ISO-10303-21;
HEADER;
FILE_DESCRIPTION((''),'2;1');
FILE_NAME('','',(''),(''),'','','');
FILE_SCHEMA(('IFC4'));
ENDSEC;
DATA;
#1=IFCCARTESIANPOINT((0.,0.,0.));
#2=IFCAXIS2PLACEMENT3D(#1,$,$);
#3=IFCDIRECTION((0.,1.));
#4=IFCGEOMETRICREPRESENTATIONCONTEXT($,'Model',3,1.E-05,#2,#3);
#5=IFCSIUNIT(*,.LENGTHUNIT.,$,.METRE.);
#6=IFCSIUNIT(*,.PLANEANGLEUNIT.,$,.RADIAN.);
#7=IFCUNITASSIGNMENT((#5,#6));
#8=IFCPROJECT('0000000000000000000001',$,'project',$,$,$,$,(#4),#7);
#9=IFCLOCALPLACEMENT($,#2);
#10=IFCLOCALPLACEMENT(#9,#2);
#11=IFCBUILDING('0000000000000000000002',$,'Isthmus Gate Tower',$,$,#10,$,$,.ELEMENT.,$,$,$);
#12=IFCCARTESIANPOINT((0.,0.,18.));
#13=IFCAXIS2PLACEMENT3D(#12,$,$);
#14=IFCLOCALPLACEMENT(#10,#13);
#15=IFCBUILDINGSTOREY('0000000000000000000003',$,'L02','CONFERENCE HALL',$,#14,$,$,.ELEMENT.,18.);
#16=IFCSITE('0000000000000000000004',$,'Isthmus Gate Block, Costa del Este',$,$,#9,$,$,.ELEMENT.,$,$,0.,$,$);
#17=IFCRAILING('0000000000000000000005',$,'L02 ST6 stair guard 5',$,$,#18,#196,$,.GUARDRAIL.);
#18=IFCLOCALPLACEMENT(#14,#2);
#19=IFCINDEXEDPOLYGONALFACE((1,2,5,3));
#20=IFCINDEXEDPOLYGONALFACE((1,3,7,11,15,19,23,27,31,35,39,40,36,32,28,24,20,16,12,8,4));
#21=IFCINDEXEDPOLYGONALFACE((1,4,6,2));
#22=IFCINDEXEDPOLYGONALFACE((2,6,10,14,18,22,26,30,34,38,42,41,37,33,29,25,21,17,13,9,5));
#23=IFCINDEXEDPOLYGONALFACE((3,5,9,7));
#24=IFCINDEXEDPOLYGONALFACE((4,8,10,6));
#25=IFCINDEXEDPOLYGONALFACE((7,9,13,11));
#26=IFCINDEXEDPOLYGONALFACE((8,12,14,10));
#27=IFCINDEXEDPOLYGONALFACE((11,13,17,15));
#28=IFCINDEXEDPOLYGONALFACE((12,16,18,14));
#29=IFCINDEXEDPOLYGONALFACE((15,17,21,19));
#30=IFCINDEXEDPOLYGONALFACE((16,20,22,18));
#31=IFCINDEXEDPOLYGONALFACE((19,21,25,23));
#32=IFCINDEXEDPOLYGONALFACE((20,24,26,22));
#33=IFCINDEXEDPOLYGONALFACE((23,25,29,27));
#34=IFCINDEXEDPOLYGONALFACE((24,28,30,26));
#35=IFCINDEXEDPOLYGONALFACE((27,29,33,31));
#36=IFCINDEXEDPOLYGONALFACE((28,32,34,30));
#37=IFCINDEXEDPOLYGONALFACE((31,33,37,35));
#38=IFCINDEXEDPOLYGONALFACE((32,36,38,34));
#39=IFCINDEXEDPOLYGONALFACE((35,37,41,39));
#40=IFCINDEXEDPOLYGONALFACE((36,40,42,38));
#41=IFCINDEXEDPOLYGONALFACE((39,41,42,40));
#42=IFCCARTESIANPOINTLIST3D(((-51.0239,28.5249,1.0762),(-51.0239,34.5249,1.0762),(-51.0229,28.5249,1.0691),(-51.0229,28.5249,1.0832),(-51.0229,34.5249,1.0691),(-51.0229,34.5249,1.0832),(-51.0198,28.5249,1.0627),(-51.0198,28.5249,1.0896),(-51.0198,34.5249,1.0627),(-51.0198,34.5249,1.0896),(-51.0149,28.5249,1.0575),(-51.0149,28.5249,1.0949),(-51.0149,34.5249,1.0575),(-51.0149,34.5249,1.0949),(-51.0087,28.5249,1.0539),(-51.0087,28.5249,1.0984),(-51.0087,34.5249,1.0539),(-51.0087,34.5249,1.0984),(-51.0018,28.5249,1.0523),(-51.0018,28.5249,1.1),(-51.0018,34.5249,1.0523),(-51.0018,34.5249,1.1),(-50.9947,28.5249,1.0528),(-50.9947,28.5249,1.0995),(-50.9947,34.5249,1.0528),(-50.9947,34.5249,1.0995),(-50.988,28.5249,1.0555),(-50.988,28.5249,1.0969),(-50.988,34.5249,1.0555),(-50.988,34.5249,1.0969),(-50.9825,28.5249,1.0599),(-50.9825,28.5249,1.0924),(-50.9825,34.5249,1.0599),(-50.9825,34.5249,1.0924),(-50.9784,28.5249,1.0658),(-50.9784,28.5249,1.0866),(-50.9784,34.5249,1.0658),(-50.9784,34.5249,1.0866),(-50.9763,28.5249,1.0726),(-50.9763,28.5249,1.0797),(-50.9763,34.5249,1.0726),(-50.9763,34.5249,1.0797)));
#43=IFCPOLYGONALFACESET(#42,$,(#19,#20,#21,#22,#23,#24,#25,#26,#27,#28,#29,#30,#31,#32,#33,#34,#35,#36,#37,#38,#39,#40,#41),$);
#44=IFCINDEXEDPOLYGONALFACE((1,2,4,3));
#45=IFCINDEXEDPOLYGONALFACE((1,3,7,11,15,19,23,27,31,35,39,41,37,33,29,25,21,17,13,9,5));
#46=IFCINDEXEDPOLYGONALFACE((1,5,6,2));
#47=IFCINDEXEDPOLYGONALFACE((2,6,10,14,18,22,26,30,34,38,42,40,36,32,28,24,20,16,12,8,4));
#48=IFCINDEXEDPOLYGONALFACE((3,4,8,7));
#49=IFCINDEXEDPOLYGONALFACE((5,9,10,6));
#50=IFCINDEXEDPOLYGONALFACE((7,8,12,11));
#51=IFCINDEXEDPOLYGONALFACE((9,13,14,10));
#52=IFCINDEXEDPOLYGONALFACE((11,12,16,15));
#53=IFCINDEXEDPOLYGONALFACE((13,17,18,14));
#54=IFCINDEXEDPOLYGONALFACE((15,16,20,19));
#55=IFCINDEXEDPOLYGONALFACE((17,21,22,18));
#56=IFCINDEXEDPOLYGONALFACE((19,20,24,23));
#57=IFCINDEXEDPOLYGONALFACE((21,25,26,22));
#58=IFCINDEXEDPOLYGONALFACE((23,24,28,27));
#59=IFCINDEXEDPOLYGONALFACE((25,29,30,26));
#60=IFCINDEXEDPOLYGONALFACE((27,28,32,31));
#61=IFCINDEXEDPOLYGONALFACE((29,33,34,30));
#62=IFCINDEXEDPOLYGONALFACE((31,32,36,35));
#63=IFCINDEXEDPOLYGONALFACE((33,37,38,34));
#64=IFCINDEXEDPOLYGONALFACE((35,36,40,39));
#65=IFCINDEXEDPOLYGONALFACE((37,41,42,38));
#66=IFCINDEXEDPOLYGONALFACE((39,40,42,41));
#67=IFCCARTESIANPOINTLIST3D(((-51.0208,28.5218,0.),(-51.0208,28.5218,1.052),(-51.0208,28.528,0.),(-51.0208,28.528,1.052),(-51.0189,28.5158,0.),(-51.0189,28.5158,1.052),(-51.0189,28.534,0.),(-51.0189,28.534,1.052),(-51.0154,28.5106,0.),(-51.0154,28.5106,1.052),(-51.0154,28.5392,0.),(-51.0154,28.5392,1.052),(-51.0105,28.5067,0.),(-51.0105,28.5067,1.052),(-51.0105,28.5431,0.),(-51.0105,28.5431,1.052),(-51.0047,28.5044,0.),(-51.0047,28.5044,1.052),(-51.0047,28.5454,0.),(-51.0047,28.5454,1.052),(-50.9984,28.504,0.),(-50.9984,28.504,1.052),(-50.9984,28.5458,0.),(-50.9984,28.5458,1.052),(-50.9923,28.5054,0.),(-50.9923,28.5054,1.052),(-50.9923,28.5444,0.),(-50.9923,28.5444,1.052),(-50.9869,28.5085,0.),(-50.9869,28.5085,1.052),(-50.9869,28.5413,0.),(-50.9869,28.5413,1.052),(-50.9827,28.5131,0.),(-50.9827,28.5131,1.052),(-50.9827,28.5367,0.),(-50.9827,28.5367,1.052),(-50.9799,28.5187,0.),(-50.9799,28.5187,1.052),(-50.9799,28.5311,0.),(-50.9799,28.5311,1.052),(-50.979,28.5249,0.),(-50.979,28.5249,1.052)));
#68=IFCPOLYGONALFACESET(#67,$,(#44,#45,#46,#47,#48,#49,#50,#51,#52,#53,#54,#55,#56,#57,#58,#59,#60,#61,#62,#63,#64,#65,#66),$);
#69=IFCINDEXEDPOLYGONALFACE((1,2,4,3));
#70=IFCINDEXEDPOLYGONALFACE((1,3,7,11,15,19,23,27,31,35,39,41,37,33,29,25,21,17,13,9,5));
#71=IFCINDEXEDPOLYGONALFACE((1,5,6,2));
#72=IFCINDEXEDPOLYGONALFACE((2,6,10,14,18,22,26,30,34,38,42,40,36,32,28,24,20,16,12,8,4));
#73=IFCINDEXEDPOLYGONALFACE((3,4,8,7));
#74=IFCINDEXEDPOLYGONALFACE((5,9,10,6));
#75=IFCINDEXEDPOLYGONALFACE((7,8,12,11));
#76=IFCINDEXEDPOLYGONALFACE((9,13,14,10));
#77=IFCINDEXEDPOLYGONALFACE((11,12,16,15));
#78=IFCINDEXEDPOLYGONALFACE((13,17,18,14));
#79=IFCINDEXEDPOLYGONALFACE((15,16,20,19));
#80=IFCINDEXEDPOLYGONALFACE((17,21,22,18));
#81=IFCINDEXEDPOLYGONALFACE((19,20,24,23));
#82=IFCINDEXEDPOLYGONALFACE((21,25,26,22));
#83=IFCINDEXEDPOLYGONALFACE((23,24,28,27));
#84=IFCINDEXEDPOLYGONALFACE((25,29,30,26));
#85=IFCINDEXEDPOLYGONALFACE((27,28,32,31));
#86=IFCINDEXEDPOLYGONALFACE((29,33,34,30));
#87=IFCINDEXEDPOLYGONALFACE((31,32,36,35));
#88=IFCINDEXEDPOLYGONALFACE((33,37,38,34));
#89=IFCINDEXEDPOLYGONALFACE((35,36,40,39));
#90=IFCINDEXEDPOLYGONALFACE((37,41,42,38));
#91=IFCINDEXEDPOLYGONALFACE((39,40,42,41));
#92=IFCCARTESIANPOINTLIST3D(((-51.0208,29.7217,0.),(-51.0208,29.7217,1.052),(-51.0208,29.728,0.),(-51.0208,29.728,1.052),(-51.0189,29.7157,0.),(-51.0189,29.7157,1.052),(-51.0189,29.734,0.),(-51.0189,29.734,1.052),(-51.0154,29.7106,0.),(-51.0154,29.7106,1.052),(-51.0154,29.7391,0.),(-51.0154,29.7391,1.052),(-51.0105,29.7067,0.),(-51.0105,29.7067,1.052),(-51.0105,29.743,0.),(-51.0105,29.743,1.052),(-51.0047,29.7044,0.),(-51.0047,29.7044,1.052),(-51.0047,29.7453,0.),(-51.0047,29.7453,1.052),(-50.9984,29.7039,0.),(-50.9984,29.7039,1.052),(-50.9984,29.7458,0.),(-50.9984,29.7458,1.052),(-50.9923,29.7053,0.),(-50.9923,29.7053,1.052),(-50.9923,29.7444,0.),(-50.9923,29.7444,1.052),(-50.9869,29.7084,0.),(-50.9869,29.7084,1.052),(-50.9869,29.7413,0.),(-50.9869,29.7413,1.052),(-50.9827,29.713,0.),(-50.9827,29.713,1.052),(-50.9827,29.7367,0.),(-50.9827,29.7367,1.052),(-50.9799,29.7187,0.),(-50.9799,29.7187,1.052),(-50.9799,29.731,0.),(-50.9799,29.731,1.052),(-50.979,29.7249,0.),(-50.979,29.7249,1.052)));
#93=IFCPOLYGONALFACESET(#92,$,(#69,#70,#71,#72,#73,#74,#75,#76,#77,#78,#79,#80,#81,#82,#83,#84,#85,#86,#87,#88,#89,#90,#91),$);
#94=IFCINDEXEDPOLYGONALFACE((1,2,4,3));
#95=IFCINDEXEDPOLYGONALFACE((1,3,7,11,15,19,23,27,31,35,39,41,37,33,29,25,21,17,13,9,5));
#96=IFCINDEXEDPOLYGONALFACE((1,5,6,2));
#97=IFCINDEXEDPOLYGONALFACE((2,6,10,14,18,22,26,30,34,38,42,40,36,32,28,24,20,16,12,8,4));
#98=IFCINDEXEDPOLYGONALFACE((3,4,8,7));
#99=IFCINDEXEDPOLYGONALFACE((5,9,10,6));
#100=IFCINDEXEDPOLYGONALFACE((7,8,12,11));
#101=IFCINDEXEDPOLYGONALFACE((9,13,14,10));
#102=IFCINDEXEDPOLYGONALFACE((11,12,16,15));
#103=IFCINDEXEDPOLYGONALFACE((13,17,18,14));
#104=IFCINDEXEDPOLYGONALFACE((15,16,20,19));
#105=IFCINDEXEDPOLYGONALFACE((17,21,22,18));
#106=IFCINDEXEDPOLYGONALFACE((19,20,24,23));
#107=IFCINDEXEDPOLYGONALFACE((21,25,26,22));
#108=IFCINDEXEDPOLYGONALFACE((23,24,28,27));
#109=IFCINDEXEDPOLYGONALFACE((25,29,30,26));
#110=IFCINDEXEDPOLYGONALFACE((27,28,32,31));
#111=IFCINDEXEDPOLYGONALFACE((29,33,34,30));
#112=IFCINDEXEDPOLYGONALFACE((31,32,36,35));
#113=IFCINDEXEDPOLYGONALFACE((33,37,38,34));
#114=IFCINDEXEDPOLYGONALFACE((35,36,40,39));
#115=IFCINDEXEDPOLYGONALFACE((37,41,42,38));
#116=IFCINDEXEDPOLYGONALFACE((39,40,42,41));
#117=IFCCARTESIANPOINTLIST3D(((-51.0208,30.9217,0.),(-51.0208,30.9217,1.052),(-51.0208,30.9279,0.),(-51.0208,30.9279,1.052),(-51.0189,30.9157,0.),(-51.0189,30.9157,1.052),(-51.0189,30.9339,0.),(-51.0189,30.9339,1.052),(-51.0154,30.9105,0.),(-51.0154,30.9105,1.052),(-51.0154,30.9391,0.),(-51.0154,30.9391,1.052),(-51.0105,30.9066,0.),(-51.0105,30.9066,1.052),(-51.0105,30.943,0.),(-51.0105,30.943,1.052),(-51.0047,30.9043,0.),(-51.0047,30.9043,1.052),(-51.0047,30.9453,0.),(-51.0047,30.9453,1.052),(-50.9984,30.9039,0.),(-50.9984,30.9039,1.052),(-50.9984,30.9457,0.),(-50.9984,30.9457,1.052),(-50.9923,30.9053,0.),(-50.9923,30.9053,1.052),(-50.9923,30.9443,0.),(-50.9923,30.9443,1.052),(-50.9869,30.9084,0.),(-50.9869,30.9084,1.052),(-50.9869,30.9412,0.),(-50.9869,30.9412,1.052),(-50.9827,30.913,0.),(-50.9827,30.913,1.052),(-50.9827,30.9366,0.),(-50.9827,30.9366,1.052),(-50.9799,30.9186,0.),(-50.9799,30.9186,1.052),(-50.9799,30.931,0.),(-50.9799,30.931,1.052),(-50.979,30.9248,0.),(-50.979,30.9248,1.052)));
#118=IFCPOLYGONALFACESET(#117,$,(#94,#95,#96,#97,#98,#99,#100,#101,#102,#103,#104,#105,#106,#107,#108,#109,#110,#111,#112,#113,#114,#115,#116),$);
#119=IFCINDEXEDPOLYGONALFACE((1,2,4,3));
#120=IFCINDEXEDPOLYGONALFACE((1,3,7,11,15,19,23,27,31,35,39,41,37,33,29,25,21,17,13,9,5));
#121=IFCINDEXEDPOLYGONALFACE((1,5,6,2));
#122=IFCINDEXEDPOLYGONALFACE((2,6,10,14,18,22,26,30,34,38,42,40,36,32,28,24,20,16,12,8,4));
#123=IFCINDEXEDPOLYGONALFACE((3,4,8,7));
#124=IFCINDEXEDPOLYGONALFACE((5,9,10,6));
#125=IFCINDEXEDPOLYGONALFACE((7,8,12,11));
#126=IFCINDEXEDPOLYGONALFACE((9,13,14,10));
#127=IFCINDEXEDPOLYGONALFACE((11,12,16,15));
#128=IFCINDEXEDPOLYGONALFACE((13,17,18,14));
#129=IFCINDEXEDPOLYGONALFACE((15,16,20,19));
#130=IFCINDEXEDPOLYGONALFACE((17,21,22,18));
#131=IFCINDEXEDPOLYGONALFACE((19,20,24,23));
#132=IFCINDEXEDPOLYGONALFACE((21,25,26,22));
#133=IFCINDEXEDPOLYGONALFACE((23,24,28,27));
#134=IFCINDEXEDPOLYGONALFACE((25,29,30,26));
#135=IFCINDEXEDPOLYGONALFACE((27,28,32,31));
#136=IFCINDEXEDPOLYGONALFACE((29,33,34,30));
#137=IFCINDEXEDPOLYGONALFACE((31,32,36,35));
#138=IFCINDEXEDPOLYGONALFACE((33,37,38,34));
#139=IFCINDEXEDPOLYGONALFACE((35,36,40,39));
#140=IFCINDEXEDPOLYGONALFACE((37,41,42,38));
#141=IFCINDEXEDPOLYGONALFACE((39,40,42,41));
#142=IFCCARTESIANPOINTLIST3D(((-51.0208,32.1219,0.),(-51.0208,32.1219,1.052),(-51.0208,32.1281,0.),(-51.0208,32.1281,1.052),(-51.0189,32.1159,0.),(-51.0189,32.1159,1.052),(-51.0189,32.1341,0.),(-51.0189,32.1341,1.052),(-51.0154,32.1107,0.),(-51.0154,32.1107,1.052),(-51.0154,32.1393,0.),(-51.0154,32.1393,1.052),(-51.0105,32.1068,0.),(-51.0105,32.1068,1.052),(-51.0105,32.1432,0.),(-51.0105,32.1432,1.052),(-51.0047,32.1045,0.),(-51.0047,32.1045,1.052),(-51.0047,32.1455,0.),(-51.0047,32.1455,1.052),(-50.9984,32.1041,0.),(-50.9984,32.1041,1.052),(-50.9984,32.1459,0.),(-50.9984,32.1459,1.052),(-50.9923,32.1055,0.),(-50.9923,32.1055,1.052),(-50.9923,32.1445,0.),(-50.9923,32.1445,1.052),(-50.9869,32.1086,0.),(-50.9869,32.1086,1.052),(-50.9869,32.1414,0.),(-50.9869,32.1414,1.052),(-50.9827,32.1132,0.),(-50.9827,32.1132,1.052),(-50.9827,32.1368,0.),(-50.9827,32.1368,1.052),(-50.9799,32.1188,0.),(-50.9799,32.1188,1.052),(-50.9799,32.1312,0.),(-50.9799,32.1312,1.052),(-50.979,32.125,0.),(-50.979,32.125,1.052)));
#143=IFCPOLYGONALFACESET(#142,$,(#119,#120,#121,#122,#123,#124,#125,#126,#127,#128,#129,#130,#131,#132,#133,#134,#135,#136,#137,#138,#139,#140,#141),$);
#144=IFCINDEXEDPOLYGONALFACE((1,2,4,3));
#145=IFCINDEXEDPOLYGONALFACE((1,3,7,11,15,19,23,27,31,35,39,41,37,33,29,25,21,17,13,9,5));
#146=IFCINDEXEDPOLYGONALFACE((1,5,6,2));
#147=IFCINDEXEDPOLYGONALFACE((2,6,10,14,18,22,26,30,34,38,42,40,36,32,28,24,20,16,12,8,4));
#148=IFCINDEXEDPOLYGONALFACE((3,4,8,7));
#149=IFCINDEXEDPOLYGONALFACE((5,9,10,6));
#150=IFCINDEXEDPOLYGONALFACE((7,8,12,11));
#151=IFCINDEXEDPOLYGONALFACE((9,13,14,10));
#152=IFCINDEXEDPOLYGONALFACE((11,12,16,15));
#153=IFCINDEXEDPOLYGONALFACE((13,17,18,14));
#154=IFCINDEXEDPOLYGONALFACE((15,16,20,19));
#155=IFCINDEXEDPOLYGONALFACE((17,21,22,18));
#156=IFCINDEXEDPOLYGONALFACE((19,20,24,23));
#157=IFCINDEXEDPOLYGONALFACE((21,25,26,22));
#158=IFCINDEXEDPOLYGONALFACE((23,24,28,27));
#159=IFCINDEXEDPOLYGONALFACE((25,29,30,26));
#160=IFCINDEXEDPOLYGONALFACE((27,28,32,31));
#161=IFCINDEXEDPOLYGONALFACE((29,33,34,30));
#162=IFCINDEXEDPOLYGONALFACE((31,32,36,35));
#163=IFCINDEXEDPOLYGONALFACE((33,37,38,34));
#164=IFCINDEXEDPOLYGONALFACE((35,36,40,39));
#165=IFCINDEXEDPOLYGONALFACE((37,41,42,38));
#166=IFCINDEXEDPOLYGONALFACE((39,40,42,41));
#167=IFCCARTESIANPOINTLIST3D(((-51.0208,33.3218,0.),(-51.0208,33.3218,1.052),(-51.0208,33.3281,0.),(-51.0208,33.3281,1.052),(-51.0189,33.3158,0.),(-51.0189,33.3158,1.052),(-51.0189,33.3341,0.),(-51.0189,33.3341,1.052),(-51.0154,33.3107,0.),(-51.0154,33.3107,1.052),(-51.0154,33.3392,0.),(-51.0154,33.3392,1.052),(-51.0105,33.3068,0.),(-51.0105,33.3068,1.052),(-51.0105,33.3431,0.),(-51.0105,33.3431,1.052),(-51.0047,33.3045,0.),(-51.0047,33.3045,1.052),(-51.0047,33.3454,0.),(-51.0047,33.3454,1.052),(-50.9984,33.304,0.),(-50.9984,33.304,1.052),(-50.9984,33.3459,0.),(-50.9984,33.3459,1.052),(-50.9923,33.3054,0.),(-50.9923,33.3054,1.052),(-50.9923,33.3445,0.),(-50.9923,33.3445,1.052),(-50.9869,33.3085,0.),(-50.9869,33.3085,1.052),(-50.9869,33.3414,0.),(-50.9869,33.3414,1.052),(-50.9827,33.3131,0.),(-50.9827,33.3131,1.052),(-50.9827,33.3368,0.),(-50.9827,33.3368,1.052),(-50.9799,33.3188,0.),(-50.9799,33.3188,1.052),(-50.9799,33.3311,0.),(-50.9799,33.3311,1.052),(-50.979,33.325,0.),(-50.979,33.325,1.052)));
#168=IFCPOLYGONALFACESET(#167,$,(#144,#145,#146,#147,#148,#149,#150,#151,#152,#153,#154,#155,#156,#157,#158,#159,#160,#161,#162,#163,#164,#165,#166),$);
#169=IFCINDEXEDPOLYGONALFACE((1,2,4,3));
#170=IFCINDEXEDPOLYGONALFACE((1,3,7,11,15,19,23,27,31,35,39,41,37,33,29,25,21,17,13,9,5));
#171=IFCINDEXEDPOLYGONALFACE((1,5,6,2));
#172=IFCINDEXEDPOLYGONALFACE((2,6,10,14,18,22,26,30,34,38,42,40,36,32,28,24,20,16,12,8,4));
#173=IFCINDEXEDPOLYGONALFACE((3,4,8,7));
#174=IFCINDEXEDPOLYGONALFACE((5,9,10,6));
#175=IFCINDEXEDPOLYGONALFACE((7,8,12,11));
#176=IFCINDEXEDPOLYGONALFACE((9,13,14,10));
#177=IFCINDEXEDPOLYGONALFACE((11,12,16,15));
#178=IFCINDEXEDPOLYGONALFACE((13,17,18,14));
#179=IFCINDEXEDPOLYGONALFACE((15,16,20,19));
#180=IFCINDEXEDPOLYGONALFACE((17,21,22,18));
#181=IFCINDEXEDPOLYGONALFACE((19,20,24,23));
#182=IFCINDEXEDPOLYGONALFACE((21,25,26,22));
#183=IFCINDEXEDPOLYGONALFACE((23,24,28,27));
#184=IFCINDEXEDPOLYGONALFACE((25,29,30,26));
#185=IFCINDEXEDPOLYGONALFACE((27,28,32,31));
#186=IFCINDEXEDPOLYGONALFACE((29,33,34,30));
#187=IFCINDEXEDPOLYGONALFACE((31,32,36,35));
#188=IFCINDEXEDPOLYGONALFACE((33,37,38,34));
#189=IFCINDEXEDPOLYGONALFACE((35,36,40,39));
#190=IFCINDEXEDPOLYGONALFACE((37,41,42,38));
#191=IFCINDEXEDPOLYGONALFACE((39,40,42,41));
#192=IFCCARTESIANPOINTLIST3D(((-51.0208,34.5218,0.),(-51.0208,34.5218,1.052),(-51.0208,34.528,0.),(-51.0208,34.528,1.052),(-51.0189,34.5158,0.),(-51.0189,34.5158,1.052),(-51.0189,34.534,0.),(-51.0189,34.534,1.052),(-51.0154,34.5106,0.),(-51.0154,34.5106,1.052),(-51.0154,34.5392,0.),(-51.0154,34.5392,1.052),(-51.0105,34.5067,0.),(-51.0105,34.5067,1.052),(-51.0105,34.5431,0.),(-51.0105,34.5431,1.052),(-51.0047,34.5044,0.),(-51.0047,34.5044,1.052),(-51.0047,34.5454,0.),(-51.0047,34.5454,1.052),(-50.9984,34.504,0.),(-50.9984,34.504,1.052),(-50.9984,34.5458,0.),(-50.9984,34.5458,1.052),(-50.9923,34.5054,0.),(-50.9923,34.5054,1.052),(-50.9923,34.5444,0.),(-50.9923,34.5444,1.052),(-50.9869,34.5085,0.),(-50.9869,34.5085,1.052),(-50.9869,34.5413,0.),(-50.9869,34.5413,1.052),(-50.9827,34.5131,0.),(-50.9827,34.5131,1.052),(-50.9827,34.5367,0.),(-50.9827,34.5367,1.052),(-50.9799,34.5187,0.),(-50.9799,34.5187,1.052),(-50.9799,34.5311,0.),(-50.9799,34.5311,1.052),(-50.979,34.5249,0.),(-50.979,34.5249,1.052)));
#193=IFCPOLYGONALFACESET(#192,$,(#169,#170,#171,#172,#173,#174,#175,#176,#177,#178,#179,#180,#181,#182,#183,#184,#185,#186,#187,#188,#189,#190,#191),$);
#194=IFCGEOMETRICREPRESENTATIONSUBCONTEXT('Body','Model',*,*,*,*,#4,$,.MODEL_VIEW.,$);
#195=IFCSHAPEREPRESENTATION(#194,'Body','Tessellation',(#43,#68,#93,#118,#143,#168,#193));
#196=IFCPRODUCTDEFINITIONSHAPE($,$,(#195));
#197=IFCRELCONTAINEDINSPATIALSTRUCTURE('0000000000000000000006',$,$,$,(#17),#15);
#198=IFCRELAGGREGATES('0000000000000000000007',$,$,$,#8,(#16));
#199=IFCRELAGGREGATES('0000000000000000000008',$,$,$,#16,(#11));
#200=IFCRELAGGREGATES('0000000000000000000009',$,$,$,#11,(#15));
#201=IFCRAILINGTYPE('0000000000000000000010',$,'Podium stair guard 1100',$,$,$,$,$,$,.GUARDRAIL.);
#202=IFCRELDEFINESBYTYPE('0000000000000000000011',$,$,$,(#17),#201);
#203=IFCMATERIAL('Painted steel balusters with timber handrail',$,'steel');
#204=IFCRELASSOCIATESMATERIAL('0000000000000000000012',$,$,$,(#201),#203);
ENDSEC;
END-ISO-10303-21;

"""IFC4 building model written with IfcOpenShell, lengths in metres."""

from ifc_helpers import new_model, si_unit, direction, frame, origin, origin_2d, place, context, subcontext, project, spatial, circle, extrude, material, type_object, element, save


model = new_model("IFC4")

# Units and contexts
model_context = context("Model", 3, precision=1e-05, world=origin(), true_north=direction((0.0, 1.0)))
body_context = subcontext(model_context, "Body", "Model", "MODEL_VIEW")
ifc_project = project(units=[si_unit("LENGTHUNIT", "METRE"), si_unit("PLANEANGLEUNIT", "RADIAN")], contexts=[model_context])

# Site, building, storey
site_placement = place(None, origin())
site = spatial("IfcSite", under=ifc_project, at=site_placement, Name="Isthmus Gate Block, Costa del Este", CompositionType="ELEMENT", RefElevation=0.0)
building_placement = place(site_placement, origin())
building = spatial("IfcBuilding", under=site, at=building_placement, Name="Isthmus Gate Tower", CompositionType="ELEMENT")
storey_placement = place(building_placement, frame((0.0, 0.0, 18.0)))
storey = spatial("IfcBuildingStorey", under=building, at=storey_placement, Name="L02", Description="CONFERENCE HALL", CompositionType="ELEMENT", Elevation=18.0)

# Railing
ifc_material_1 = material(Name="Painted steel balusters with timber handrail", Category="steel")
railing_type = type_object("IfcRailingType", Name="Podium stair guard 1100", PredefinedType="GUARDRAIL", material=ifc_material_1)
railing_1_placement = place(storey_placement, frame((-51.0, 28.5249, 0.0)))
element("IfcRailing", 1, at=railing_1_placement, inside=storey, type_object=railing_type, Name="L02 ST6 stair guard 5", PredefinedType="GUARDRAIL", context=body_context, shape_type="SweptSolid", body=[
    extrude(circle(Radius=0.0239, at=origin_2d()), frame((0.0, 0.0, 1.0762), z_axis=(0.0, 1.0, 0.0), x_axis=(-1.0, 0.0, 0.0)), (0.0, 0.0, 1.0), 6.0),
    extrude(circle(Radius=0.021, at=origin_2d()), origin(), (0.0, 0.0, 1.0), 1.052),
    extrude(circle(Radius=0.021, at=origin_2d()), frame((0.0, 1.2, 0.0)), (0.0, 0.0, 1.0), 1.052),
    extrude(circle(Radius=0.021, at=origin_2d()), frame((0.0, 2.3999, 0.0)), (0.0, 0.0, 1.0), 1.052),
    extrude(circle(Radius=0.021, at=origin_2d()), frame((0.0, 3.6001, 0.0)), (0.0, 0.0, 1.0), 1.052),
    extrude(circle(Radius=0.021, at=origin_2d()), frame((0.0, 4.8, 0.0)), (0.0, 0.0, 1.0), 1.052),
    extrude(circle(Radius=0.021, at=origin_2d()), frame((0.0, 6.0, 0.0)), (0.0, 0.0, 1.0), 1.052),
])

save(model, "model.ifc")
